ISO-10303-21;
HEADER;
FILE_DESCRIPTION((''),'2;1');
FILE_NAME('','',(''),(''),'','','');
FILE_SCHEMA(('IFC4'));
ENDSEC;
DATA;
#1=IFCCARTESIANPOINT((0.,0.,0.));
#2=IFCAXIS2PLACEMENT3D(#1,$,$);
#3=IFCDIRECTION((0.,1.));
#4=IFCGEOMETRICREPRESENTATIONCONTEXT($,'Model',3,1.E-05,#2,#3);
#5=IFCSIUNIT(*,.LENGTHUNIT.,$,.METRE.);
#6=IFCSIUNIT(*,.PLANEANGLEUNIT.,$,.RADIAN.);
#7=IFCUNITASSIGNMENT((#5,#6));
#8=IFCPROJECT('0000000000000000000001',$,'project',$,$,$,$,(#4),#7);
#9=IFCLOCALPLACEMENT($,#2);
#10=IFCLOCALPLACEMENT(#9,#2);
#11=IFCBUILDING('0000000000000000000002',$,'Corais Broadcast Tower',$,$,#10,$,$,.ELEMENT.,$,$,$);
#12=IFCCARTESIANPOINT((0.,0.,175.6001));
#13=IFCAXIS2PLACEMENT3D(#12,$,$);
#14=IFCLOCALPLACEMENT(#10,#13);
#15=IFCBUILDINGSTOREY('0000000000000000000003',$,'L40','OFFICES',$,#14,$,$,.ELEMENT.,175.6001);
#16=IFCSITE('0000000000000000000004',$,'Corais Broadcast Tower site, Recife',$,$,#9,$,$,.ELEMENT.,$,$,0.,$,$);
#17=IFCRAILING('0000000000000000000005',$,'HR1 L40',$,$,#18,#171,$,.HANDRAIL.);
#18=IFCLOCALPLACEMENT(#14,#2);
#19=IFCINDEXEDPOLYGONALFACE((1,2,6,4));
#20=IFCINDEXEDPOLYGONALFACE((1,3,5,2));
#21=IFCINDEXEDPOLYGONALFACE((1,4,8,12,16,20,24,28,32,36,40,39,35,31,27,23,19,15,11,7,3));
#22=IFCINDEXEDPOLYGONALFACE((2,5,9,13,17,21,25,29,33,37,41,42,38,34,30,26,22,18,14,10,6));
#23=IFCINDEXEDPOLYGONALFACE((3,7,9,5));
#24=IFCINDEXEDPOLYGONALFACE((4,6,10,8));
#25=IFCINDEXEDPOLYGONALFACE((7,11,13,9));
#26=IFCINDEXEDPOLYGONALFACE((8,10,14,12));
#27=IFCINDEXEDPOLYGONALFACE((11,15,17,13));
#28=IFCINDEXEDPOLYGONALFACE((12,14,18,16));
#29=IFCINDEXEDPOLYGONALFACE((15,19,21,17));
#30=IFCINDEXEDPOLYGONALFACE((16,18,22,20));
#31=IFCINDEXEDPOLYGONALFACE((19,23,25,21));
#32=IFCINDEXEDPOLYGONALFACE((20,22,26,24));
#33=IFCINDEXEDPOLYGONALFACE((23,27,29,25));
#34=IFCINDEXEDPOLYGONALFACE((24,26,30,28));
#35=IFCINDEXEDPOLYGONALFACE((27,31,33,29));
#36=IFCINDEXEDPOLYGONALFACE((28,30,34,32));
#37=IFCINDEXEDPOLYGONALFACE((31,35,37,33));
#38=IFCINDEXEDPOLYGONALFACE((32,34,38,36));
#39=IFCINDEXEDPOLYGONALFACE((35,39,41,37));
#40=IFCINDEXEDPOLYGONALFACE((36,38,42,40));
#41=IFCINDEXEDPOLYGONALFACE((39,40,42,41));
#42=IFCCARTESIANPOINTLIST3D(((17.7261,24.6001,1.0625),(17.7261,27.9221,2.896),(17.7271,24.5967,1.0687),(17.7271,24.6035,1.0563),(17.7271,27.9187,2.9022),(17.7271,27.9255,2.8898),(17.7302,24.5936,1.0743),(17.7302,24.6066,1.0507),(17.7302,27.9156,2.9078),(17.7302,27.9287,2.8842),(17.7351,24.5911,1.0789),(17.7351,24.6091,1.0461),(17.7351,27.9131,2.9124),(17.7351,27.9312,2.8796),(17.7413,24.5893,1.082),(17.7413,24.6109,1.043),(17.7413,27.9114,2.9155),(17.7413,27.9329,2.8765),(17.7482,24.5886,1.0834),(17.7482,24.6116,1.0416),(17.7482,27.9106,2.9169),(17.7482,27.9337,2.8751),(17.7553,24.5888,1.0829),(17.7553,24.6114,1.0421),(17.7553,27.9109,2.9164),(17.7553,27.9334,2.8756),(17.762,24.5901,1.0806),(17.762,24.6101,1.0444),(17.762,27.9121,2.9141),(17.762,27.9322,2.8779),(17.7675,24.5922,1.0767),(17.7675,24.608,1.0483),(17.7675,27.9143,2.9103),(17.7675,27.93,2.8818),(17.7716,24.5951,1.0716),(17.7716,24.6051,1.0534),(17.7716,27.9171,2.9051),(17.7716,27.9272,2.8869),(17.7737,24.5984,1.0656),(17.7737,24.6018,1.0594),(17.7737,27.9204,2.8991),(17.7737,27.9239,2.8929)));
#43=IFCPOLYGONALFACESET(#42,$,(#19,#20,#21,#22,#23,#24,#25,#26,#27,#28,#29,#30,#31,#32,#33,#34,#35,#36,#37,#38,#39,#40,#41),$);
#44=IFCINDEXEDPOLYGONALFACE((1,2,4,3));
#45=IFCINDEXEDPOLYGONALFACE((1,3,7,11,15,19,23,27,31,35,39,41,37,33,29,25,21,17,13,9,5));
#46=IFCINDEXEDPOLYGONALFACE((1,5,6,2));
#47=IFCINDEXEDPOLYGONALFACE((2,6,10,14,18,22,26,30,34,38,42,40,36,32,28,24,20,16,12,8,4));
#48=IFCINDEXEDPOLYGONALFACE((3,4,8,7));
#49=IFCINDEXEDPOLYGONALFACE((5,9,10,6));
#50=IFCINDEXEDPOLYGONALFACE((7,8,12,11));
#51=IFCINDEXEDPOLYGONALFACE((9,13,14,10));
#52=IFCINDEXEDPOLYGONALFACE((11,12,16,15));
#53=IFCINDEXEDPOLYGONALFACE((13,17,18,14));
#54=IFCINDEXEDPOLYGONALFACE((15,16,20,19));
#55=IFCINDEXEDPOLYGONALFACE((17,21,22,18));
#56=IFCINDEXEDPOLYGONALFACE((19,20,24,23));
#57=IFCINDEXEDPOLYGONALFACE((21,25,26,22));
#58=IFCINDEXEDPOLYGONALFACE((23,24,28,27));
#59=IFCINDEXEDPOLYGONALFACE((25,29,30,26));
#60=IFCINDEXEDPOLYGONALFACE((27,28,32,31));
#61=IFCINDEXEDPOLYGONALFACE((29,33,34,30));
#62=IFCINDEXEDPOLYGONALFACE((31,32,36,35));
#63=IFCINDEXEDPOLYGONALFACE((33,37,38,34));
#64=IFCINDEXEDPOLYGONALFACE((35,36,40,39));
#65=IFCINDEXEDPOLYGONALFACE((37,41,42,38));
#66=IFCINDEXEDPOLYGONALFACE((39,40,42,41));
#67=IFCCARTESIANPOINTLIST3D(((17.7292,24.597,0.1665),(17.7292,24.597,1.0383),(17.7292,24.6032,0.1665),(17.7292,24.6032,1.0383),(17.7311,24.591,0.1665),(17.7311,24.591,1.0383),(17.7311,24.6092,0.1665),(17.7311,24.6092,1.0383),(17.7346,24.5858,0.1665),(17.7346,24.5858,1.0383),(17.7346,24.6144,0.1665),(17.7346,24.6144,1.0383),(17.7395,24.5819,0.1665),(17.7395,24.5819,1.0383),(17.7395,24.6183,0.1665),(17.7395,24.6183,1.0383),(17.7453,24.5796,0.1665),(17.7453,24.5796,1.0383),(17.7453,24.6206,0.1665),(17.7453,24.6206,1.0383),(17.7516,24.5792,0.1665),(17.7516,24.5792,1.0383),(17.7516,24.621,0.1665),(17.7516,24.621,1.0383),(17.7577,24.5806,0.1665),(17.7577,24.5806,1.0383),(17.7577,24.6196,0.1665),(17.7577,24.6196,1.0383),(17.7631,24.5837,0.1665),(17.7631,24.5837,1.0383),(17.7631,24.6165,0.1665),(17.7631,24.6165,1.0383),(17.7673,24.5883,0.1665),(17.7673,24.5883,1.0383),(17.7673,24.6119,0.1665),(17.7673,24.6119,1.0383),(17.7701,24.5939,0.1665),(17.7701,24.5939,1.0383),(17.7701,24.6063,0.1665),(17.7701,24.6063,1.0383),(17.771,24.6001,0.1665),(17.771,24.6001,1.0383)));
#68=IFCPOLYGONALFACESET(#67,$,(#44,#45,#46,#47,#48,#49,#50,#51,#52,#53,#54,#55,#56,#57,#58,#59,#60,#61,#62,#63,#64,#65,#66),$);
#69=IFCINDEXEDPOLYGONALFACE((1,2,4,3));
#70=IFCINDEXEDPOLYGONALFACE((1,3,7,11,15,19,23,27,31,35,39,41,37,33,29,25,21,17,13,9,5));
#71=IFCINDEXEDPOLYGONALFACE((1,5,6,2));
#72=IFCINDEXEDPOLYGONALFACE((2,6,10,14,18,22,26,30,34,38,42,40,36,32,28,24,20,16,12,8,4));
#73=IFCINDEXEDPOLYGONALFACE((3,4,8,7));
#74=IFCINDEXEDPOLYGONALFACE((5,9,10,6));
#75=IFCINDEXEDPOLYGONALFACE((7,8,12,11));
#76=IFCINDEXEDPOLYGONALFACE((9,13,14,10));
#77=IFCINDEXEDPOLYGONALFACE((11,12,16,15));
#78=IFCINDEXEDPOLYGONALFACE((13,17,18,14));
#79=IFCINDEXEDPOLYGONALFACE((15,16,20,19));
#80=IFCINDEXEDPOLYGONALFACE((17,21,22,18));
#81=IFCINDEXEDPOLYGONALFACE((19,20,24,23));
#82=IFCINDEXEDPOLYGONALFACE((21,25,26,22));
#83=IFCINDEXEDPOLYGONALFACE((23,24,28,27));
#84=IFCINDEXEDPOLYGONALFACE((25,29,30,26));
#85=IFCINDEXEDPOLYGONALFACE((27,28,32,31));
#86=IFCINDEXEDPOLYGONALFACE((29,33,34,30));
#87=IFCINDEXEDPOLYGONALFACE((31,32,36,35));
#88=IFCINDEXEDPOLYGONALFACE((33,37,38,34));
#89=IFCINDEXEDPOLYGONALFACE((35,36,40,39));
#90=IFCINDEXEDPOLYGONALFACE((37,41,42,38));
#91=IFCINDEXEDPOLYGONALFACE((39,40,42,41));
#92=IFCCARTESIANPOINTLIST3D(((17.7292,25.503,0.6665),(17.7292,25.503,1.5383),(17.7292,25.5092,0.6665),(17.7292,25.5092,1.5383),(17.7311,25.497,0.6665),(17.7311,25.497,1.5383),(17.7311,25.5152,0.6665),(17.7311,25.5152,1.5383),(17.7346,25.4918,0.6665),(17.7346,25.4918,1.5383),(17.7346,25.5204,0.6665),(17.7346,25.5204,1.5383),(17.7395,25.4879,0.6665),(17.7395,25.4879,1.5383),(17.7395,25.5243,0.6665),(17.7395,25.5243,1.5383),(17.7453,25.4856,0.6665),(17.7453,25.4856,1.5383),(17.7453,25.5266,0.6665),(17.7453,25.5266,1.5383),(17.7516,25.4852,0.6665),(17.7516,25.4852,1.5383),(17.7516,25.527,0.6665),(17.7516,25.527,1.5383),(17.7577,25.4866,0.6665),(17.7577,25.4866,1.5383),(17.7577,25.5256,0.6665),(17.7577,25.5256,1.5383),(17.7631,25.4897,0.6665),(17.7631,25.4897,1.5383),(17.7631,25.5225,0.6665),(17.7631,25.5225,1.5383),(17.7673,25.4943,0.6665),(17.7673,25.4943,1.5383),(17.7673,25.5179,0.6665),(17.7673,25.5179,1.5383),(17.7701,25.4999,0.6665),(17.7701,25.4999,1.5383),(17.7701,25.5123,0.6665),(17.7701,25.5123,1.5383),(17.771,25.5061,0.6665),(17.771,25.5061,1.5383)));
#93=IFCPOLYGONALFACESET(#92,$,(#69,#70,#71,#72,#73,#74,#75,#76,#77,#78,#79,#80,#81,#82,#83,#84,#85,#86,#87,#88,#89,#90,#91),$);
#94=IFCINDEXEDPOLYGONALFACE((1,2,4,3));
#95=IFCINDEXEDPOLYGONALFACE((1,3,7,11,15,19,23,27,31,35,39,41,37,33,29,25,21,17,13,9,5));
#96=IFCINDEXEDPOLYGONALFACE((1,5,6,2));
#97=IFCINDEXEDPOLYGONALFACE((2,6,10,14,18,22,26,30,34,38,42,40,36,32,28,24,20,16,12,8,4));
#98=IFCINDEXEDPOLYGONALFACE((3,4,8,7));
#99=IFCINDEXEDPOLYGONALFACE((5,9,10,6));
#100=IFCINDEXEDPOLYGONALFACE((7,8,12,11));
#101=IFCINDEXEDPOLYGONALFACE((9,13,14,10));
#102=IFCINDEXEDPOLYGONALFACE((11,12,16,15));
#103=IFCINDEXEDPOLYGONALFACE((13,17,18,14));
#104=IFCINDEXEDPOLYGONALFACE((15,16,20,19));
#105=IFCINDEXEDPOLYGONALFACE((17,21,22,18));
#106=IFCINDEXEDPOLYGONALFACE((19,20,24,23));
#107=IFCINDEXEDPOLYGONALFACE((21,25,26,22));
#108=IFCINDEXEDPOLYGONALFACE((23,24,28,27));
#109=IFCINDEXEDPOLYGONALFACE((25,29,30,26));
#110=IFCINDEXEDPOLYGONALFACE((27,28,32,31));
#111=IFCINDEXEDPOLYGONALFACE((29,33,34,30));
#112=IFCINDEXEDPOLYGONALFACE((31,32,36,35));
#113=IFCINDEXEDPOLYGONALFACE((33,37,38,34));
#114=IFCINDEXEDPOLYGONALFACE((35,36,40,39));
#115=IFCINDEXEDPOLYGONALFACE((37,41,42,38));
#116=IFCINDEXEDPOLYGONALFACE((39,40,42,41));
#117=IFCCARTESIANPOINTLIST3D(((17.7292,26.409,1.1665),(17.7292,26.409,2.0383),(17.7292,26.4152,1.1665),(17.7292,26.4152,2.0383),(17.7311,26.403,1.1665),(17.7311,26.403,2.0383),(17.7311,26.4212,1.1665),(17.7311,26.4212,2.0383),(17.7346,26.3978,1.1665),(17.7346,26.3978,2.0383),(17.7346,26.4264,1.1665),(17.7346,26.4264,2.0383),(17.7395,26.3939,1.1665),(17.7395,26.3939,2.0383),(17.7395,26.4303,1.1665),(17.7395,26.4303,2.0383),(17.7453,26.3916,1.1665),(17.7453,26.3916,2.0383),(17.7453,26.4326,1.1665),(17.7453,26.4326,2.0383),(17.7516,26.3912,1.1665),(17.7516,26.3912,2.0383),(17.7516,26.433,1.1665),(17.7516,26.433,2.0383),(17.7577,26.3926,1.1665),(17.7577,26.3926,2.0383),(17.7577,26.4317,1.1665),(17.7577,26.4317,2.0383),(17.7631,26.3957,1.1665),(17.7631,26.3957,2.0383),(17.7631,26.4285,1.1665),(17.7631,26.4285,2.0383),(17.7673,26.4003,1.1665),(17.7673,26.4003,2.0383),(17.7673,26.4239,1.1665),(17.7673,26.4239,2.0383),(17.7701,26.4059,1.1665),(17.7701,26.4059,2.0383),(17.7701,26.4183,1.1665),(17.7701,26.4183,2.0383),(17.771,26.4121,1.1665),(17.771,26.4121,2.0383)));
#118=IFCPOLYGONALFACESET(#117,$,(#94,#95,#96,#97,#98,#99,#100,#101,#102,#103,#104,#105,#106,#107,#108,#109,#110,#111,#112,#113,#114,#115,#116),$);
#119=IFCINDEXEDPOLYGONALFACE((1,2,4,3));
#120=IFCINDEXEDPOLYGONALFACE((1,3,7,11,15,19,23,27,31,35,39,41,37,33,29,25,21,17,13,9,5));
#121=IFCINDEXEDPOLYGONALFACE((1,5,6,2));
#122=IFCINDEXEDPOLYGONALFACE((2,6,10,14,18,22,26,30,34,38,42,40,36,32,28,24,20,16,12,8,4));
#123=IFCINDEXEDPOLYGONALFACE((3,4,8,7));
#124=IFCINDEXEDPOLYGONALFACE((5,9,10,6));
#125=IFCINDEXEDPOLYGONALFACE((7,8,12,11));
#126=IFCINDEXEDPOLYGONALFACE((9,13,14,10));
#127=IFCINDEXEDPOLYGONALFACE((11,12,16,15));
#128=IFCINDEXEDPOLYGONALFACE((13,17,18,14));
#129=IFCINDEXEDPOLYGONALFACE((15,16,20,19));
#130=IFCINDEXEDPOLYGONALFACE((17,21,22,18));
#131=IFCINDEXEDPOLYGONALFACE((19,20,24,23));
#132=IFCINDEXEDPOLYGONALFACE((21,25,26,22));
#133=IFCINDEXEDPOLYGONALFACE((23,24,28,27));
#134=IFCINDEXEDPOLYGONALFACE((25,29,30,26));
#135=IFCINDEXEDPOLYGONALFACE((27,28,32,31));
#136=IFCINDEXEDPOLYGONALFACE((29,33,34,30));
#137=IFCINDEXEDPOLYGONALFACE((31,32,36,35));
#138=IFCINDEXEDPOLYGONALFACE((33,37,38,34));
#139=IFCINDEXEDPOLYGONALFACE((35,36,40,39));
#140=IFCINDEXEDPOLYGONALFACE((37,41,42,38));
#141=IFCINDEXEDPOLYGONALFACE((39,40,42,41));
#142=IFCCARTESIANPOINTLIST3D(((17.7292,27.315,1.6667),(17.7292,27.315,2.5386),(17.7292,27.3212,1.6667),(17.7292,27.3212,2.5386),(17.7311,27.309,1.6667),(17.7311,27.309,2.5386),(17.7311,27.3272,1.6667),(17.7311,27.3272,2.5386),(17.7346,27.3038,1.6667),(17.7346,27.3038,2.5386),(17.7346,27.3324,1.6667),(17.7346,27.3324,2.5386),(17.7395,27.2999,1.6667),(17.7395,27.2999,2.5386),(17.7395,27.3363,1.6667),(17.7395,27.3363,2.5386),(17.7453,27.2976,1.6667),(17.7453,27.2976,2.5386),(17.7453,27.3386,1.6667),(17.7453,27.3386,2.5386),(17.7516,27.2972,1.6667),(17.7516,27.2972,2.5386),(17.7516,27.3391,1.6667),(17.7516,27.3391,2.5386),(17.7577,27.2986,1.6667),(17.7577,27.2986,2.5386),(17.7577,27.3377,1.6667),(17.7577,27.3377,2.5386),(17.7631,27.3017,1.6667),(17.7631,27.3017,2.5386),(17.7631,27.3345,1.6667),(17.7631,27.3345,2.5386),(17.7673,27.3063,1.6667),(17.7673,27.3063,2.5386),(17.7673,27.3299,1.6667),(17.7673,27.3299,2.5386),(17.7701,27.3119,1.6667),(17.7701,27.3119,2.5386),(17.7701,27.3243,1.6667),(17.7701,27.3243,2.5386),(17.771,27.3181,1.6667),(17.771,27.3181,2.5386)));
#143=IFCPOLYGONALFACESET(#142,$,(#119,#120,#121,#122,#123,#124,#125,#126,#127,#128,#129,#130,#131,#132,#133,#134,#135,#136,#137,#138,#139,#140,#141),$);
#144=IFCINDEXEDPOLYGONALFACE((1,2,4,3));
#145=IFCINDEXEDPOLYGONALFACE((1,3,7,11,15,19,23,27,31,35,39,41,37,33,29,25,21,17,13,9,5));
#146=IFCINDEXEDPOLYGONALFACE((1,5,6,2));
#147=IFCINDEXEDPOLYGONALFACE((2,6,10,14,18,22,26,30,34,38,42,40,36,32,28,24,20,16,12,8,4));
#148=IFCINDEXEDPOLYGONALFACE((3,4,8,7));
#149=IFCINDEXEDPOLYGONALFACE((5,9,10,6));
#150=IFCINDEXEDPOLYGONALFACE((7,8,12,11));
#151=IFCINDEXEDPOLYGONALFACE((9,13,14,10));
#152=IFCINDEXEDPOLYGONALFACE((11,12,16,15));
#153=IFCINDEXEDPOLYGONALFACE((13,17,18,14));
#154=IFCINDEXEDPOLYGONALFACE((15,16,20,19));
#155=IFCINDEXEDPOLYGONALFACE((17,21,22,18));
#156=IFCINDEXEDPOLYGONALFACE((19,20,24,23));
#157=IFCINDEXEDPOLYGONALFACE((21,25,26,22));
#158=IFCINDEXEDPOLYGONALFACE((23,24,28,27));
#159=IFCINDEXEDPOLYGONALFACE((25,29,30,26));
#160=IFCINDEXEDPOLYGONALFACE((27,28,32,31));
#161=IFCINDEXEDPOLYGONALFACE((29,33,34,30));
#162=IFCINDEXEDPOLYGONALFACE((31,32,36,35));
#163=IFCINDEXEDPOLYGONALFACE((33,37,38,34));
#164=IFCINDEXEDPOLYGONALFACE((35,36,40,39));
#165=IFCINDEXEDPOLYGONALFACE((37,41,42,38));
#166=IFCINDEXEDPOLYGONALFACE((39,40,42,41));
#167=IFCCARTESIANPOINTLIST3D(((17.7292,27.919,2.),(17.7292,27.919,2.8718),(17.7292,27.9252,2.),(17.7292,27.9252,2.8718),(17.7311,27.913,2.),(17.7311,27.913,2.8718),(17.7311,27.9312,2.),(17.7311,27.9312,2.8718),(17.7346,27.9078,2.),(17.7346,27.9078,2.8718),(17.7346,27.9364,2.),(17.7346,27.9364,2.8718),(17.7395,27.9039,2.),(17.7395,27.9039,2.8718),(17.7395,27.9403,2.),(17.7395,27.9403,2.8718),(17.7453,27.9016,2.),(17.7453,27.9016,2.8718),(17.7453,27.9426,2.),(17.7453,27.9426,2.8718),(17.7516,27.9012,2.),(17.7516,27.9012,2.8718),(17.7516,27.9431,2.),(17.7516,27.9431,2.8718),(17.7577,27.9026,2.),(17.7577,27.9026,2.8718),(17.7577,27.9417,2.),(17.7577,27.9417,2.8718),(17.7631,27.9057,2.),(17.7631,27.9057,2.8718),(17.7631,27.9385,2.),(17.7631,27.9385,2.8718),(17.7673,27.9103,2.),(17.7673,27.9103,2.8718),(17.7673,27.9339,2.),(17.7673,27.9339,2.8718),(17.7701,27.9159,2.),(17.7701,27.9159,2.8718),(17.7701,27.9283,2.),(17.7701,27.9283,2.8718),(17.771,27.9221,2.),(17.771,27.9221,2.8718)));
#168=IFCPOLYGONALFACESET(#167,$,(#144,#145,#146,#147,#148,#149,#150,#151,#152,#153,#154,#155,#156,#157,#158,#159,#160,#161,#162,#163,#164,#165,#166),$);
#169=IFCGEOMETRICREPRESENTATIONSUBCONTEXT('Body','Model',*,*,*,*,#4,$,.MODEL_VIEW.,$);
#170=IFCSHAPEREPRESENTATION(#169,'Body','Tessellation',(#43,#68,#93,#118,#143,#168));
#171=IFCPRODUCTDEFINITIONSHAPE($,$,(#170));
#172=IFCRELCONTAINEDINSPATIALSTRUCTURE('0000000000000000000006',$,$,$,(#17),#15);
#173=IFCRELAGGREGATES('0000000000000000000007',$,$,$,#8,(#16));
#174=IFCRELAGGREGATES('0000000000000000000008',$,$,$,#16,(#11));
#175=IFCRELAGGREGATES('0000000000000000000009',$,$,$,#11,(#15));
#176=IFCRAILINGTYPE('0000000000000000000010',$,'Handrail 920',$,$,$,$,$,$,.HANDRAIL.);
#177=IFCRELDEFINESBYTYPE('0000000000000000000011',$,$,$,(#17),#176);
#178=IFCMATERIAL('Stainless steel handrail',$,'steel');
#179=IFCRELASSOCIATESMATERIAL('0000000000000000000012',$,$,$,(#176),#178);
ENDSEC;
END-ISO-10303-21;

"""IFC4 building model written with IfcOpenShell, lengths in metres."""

from ifc_helpers import new_model, si_unit, direction, frame, origin, origin_2d, place, context, subcontext, project, spatial, circle, extrude, material, type_object, element, save


model = new_model("IFC4")

# Units and contexts
model_context = context("Model", 3, precision=1e-05, world=origin(), true_north=direction((0.0, 1.0)))
body_context = subcontext(model_context, "Body", "Model", "MODEL_VIEW")
ifc_project = project(units=[si_unit("LENGTHUNIT", "METRE"), si_unit("PLANEANGLEUNIT", "RADIAN")], contexts=[model_context])

# Site, building, storey
site_placement = place(None, origin())
site = spatial("IfcSite", under=ifc_project, at=site_placement, Name="Corais Broadcast Tower site, Recife", CompositionType="ELEMENT", RefElevation=0.0)
building_placement = place(site_placement, origin())
building = spatial("IfcBuilding", under=site, at=building_placement, Name="Corais Broadcast Tower", CompositionType="ELEMENT")
storey_placement = place(building_placement, frame((0.0, 0.0, 175.6001)))
storey = spatial("IfcBuildingStorey", under=building, at=storey_placement, Name="L40", Description="OFFICES", CompositionType="ELEMENT", Elevation=175.6001)

# Railing
ifc_material_1 = material(Name="Stainless steel handrail", Category="steel")
railing_type = type_object("IfcRailingType", Name="Handrail 920", PredefinedType="HANDRAIL", material=ifc_material_1)
for number, where, name in (
    (1, (17.75, 24.6001, 0.1665), "HR1 L40"),
):
    element("IfcRailing", number, at=place(storey_placement, frame(where)), inside=storey, type_object=railing_type, Name=name, PredefinedType="HANDRAIL", context=body_context, shape_type="SweptSolid", body=[
        extrude(circle(Radius=0.0239, at=origin_2d()), frame((0.0, 0.0, 0.896), z_axis=(0.0, 0.875504, 0.48321), x_axis=(-1.0, 0.0, 0.0)), (0.0, 0.0, 1.0), 3.7944),
        extrude(circle(Radius=0.021, at=origin_2d()), origin(), (0.0, 0.0, 1.0), 0.8718),
        extrude(circle(Radius=0.021, at=origin_2d()), frame((0.0, 0.906, 0.5)), (0.0, 0.0, 1.0), 0.8718),
        extrude(circle(Radius=0.021, at=origin_2d()), frame((0.0, 1.812, 1.0)), (0.0, 0.0, 1.0), 0.8718),
        extrude(circle(Radius=0.021, at=origin_2d()), frame((0.0, 2.718, 1.5002)), (0.0, 0.0, 1.0), 0.8718),
        extrude(circle(Radius=0.021, at=origin_2d()), frame((0.0, 3.322, 1.8335)), (0.0, 0.0, 1.0), 0.8718),
    ])

save(model, "model.ifc")
